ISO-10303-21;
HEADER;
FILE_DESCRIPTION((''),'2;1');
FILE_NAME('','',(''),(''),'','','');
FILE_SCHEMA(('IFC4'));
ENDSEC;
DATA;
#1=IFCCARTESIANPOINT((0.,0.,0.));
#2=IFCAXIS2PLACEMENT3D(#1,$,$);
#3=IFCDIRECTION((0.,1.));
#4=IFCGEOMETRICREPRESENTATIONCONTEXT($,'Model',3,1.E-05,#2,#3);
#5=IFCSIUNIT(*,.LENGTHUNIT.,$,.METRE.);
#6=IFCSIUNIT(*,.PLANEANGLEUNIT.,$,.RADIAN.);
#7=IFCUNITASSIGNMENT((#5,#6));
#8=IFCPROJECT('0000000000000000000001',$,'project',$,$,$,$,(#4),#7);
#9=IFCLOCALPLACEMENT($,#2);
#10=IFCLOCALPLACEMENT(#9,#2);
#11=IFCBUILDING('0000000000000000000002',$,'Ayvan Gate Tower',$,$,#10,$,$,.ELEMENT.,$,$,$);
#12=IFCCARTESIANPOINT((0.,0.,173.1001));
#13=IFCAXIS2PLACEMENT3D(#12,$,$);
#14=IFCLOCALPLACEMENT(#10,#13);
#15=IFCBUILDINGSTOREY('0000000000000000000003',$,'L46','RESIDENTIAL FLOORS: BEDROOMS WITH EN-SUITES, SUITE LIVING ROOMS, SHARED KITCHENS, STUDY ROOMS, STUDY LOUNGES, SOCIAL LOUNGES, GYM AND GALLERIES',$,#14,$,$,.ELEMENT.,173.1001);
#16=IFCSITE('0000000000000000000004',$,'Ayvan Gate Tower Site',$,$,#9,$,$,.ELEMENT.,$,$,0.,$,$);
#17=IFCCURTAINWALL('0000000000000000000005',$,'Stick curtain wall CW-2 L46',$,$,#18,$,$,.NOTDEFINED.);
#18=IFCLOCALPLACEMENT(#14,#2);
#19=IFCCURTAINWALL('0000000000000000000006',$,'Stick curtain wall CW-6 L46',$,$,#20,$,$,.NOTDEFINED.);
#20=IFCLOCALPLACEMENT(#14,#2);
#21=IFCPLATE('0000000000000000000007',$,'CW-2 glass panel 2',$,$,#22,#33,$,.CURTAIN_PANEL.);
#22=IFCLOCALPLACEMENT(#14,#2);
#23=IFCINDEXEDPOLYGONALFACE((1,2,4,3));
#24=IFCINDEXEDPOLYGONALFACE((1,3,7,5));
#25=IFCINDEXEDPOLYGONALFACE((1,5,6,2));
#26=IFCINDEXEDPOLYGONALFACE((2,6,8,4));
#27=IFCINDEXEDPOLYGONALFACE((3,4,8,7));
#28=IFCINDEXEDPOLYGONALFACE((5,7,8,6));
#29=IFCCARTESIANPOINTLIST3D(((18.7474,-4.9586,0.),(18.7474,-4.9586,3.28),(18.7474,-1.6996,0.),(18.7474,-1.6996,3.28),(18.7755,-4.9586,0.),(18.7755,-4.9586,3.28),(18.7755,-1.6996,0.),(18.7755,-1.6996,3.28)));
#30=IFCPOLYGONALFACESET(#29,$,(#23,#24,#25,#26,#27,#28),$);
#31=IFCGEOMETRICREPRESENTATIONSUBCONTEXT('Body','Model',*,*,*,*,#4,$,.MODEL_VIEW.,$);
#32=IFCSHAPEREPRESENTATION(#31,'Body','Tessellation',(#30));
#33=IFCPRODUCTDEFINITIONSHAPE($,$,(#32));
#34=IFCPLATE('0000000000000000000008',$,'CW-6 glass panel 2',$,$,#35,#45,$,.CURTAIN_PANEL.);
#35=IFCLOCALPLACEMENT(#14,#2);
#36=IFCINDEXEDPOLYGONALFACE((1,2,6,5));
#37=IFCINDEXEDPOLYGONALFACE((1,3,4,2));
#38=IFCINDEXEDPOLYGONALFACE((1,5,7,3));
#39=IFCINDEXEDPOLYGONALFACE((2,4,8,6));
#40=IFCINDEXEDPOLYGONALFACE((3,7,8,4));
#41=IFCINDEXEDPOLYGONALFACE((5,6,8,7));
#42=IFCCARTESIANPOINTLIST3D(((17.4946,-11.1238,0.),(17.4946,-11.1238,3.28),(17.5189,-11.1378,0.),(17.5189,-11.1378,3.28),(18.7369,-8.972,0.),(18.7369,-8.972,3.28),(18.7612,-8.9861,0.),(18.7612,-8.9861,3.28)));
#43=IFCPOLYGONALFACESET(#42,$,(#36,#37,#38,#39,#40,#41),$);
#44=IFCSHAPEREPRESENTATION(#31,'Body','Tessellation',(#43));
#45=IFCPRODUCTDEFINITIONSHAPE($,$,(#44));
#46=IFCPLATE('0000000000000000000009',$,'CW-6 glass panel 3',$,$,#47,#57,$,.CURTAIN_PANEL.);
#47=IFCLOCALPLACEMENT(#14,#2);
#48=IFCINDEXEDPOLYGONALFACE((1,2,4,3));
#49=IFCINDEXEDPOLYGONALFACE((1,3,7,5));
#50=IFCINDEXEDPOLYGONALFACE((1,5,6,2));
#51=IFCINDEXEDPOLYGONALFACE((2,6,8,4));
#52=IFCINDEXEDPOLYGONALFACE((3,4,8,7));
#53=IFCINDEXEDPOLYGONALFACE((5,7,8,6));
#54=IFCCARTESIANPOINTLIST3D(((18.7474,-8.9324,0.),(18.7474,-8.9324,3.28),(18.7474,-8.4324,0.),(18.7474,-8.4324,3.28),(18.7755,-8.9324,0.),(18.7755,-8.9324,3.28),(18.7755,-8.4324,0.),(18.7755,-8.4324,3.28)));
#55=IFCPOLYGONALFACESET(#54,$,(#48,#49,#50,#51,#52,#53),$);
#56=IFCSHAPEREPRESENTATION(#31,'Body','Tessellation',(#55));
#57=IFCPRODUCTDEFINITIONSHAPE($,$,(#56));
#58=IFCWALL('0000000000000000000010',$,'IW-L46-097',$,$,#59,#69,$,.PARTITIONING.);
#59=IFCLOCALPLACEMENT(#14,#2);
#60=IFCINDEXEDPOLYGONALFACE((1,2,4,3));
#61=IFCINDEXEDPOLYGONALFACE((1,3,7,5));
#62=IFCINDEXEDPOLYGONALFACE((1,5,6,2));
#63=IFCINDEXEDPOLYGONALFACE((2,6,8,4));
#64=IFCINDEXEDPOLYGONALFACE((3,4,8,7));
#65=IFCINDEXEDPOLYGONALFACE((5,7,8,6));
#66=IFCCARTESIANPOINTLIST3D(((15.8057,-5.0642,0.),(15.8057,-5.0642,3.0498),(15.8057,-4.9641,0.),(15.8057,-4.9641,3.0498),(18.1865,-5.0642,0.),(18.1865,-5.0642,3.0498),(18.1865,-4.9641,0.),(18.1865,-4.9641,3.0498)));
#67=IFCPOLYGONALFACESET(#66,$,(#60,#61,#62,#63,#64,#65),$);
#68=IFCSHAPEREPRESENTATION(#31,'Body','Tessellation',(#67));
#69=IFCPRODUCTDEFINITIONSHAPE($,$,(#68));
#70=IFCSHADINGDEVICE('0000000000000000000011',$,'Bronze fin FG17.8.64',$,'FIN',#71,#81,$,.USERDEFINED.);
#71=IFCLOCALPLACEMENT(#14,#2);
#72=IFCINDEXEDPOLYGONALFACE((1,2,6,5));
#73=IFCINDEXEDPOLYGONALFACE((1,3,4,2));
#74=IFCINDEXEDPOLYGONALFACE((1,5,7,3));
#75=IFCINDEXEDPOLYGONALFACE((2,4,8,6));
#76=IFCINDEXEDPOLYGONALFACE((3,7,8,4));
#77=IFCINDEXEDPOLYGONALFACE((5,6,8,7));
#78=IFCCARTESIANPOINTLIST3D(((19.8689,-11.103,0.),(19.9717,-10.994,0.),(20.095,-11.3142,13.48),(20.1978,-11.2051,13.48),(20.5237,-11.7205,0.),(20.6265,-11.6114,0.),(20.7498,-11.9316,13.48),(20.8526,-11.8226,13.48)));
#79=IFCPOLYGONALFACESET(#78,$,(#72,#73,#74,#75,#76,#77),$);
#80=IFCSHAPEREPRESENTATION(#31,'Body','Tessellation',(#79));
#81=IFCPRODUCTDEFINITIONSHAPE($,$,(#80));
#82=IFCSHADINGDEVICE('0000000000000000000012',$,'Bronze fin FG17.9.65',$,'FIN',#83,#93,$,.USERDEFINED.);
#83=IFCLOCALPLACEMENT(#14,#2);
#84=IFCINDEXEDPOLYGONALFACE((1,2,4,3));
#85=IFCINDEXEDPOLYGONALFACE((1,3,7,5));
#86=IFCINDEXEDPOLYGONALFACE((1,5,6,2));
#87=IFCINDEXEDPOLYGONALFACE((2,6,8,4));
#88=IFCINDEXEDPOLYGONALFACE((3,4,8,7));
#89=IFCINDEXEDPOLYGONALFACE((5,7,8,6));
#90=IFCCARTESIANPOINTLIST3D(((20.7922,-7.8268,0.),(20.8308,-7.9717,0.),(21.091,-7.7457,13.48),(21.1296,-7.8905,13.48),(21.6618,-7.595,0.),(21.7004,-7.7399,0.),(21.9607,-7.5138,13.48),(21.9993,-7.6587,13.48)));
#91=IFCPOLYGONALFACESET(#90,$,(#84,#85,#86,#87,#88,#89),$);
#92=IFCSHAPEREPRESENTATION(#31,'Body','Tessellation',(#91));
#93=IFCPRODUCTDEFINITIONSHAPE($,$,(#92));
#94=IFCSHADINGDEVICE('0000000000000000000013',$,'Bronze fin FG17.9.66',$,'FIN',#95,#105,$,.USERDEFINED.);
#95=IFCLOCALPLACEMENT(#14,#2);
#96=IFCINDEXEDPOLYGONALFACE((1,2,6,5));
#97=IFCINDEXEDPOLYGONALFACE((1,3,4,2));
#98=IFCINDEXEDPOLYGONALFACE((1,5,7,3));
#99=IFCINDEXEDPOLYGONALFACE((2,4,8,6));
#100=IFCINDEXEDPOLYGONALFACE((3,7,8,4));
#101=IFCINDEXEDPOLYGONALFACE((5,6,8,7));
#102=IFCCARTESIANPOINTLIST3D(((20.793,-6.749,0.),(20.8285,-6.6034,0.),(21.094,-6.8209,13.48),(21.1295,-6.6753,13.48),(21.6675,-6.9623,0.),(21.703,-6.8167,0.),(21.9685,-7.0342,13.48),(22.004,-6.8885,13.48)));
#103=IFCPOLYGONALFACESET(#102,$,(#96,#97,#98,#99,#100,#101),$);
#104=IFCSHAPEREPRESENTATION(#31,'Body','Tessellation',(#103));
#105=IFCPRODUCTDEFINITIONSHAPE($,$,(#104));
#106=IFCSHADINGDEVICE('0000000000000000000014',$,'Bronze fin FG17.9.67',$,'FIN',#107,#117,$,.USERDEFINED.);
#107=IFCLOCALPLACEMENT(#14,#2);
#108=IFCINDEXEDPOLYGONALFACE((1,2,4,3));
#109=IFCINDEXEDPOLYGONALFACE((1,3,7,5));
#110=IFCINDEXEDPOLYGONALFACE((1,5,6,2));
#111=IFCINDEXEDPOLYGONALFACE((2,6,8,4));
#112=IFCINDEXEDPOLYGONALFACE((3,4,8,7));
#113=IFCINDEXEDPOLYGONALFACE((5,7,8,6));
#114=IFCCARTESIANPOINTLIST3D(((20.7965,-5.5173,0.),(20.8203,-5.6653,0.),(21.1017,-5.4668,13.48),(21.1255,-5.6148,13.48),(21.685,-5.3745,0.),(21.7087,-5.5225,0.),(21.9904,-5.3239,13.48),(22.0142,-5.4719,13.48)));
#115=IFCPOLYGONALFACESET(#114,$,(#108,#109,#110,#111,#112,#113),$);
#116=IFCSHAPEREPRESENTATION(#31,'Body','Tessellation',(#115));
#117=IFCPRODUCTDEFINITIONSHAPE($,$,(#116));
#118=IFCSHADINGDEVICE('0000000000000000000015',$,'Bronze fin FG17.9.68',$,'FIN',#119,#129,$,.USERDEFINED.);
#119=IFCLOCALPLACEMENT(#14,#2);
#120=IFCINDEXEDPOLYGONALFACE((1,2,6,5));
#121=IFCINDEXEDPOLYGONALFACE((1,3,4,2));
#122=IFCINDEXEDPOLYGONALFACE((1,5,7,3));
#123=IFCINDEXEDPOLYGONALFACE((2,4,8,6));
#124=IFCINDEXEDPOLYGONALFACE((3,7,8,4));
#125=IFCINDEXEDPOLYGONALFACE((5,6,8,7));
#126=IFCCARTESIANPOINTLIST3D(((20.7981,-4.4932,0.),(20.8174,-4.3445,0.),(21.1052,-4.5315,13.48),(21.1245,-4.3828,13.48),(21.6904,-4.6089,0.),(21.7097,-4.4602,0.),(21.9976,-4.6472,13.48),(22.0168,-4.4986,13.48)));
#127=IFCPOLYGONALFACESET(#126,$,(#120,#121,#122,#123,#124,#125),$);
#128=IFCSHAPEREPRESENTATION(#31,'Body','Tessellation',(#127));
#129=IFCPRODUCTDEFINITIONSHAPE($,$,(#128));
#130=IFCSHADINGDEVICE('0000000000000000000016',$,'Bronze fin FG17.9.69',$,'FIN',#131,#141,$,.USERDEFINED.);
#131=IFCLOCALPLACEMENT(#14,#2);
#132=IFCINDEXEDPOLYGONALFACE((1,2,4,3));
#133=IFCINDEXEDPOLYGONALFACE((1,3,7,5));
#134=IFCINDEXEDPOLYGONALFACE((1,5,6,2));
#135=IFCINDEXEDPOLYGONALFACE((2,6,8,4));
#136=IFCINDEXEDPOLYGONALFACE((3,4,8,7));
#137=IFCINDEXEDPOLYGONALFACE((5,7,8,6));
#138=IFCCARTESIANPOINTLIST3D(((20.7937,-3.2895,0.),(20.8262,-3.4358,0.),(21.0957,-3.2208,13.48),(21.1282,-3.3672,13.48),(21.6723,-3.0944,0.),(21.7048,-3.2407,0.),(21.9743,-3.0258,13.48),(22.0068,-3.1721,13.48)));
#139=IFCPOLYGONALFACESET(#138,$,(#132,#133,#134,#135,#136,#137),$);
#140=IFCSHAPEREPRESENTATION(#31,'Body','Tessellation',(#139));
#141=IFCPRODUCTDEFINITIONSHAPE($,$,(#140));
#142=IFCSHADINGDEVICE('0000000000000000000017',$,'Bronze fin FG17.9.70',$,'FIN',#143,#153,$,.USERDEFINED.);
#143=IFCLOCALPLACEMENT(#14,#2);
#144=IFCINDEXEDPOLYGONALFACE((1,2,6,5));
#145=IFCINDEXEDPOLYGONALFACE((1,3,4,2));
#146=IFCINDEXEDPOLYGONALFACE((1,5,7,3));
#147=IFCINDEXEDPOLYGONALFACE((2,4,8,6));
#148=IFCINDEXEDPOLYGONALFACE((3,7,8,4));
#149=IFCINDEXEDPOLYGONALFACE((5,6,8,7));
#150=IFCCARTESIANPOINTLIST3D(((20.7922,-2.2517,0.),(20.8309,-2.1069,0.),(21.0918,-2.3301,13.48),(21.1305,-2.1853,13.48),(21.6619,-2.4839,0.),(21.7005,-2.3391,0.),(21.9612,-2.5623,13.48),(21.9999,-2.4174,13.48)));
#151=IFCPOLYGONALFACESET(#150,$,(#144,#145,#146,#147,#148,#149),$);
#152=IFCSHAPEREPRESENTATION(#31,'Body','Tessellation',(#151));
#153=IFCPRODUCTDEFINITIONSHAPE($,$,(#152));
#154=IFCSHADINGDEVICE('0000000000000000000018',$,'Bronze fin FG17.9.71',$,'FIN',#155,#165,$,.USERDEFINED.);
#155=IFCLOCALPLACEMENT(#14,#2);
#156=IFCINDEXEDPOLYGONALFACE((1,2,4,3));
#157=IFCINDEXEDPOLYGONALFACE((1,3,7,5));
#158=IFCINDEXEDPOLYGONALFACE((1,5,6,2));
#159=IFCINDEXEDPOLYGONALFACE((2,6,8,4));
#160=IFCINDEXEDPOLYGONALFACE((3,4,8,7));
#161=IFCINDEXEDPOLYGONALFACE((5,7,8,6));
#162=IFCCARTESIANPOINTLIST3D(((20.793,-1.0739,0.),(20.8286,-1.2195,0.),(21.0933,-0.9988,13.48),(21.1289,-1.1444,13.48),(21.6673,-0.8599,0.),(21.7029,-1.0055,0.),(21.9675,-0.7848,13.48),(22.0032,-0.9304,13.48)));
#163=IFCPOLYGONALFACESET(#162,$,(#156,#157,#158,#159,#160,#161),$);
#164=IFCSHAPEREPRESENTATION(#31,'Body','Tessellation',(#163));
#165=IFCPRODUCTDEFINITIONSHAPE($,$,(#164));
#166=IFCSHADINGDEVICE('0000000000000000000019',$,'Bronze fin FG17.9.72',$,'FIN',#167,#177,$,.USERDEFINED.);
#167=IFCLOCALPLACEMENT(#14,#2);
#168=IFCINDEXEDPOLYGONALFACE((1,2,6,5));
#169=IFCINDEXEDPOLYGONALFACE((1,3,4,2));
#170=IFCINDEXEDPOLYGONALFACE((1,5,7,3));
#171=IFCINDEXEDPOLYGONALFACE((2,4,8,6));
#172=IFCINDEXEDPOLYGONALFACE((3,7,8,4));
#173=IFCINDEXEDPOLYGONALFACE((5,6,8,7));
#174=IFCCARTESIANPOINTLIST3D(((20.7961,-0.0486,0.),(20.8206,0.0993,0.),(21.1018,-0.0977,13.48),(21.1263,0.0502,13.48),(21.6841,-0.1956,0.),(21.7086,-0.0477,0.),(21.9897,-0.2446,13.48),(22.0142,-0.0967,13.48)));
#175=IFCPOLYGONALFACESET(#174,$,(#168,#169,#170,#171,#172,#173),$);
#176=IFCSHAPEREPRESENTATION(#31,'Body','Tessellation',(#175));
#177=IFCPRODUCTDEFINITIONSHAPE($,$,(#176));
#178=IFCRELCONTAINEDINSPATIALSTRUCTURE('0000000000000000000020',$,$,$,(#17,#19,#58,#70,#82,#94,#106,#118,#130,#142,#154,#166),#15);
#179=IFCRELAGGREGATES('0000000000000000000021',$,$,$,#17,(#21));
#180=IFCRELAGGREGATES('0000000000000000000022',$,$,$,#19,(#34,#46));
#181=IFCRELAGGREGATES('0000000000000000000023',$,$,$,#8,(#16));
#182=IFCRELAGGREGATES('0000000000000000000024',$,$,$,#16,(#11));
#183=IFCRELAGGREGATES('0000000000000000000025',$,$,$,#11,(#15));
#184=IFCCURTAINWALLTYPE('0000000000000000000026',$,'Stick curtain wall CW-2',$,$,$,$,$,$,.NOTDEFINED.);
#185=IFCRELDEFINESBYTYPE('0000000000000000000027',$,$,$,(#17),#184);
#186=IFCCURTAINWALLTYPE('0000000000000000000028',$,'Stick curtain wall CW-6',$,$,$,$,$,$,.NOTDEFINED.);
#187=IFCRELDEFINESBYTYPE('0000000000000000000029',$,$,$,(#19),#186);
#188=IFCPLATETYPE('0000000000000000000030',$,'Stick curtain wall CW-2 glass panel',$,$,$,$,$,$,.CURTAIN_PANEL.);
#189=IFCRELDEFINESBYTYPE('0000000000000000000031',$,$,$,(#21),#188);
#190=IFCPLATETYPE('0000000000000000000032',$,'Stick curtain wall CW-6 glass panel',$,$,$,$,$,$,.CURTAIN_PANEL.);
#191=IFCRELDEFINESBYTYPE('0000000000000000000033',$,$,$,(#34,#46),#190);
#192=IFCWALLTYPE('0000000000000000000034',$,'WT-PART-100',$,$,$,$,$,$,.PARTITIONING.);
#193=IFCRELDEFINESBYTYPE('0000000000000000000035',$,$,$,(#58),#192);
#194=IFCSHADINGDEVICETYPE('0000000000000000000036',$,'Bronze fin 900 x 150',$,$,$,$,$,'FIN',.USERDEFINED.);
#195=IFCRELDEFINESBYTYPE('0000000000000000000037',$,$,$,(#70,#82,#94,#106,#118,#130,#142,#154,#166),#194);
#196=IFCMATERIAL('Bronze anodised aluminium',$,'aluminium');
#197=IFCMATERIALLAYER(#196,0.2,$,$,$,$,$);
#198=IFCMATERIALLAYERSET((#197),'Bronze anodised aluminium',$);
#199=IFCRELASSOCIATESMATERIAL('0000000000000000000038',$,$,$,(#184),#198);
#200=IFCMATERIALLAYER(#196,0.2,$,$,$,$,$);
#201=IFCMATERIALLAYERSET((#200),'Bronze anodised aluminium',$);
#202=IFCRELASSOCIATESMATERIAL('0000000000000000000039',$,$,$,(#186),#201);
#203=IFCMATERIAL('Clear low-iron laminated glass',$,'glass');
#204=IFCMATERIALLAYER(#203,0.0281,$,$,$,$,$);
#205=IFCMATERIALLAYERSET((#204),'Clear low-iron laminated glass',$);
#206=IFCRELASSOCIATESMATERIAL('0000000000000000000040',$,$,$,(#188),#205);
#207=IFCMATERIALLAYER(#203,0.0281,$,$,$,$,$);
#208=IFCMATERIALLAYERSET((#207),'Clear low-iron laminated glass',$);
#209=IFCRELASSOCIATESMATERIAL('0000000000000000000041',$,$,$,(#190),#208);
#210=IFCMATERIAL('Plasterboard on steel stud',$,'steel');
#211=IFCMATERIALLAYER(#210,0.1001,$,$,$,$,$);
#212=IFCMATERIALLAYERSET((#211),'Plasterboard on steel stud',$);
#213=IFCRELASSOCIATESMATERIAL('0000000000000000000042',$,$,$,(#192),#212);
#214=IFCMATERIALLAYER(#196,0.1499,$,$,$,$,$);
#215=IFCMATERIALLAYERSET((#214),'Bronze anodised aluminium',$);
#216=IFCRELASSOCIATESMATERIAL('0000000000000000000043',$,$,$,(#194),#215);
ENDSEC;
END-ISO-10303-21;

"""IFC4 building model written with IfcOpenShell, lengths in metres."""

from ifc_helpers import new_model, si_unit, direction, frame, frame_2d, origin, origin_2d, place, context, subcontext, project, spatial, polyline, rectangle, outline, extrude, material, layer, layer_set, type_object, element, aggregate, save


model = new_model("IFC4")

# Units and contexts
model_context = context("Model", 3, precision=1e-05, world=origin(), true_north=direction((0.0, 1.0)))
body_context = subcontext(model_context, "Body", "Model", "MODEL_VIEW")
ifc_project = project(units=[si_unit("LENGTHUNIT", "METRE"), si_unit("PLANEANGLEUNIT", "RADIAN")], contexts=[model_context])

# Site, building, storey
site_placement = place(None, origin())
site = spatial("IfcSite", under=ifc_project, at=site_placement, Name="Ayvan Gate Tower Site", CompositionType="ELEMENT", RefElevation=0.0)
building_placement = place(site_placement, origin())
building = spatial("IfcBuilding", under=site, at=building_placement, Name="Ayvan Gate Tower", CompositionType="ELEMENT")
storey_placement = place(building_placement, frame((0.0, 0.0, 173.1001)))
storey = spatial("IfcBuildingStorey", under=building, at=storey_placement, Name="L46", Description="RESIDENTIAL FLOORS: BEDROOMS WITH EN-SUITES, SUITE LIVING ROOMS, SHARED KITCHENS, STUDY ROOMS, STUDY LOUNGES, SOCIAL LOUNGES, GYM AND GALLERIES", CompositionType="ELEMENT", Elevation=173.1001)

# Curtain walls
ifc_material_1 = material(Name="Bronze anodised aluminium", Category="aluminium")
ifc_layer_1 = layer(ifc_material_1, 0.2)
ifc_layer_set_1 = layer_set([ifc_layer_1], Name="Bronze anodised aluminium")
curtain_wall_type_1 = type_object("IfcCurtainWallType", Name="Stick curtain wall CW-2", PredefinedType="NOTDEFINED", material=ifc_layer_set_1)
curtain_wall_1_placement = place(storey_placement, origin())
curtain_wall_1 = element("IfcCurtainWall", 1, at=curtain_wall_1_placement, inside=storey, type_object=curtain_wall_type_1, Name="Stick curtain wall CW-2 L46", PredefinedType="NOTDEFINED")
ifc_layer_2 = layer(ifc_material_1, 0.2)
ifc_layer_set_2 = layer_set([ifc_layer_2], Name="Bronze anodised aluminium")
curtain_wall_type_2 = type_object("IfcCurtainWallType", Name="Stick curtain wall CW-6", PredefinedType="NOTDEFINED", material=ifc_layer_set_2)
curtain_wall_2_placement = place(storey_placement, origin())
curtain_wall_2 = element("IfcCurtainWall", 2, at=curtain_wall_2_placement, inside=storey, type_object=curtain_wall_type_2, Name="Stick curtain wall CW-6 L46", PredefinedType="NOTDEFINED")

# Plates
ifc_material_2 = material(Name="Clear low-iron laminated glass", Category="glass")
ifc_layer_3 = layer(ifc_material_2, 0.0281)
ifc_layer_set_3 = layer_set([ifc_layer_3], Name="Clear low-iron laminated glass")
plate_type_1 = type_object("IfcPlateType", Name="Stick curtain wall CW-2 glass panel", PredefinedType="CURTAIN_PANEL", material=ifc_layer_set_3)
plate_1_placement = place(storey_placement, frame((18.7615, -3.3291, 0.0), z_axis=(0.0, 0.0, 1.0), x_axis=(0.0, 1.0, 0.0)))
plate_1 = element("IfcPlate", 3, at=plate_1_placement, type_object=plate_type_1, Name="CW-2 glass panel 2", PredefinedType="CURTAIN_PANEL", context=body_context, shape_type="SweptSolid", body=[
    extrude(rectangle(XDim=3.259, YDim=0.0281, at=origin_2d()), origin(), (0.0, 0.0, 1.0), 3.28),
])
aggregate(curtain_wall_1, [plate_1])
ifc_layer_4 = layer(ifc_material_2, 0.0281)
ifc_layer_set_4 = layer_set([ifc_layer_4], Name="Clear low-iron laminated glass")
plate_type_2 = type_object("IfcPlateType", Name="Stick curtain wall CW-6 glass panel", PredefinedType="CURTAIN_PANEL", material=ifc_layer_set_4)
plate_2_placement = place(storey_placement, frame((18.1279, -10.0549, 0.0), z_axis=(0.0, 0.0, 1.0), x_axis=(0.5, 0.866025, 0.0)))
plate_2 = element("IfcPlate", 4, at=plate_2_placement, type_object=plate_type_2, Name="CW-6 glass panel 2", PredefinedType="CURTAIN_PANEL", context=body_context, shape_type="SweptSolid", body=[
    extrude(rectangle(XDim=2.4846, YDim=0.0281, at=origin_2d()), origin(), (0.0, 0.0, 1.0), 3.28),
])
plate_3_placement = place(storey_placement, frame((18.7615, -8.6824, 0.0), z_axis=(0.0, 0.0, 1.0), x_axis=(0.0, 1.0, 0.0)))
plate_3 = element("IfcPlate", 5, at=plate_3_placement, type_object=plate_type_2, Name="CW-6 glass panel 3", PredefinedType="CURTAIN_PANEL", context=body_context, shape_type="SweptSolid", body=[
    extrude(rectangle(XDim=0.5, YDim=0.0281, at=origin_2d()), origin(), (0.0, 0.0, 1.0), 3.28),
])
aggregate(curtain_wall_2, [plate_2, plate_3])

# Wall
ifc_material_3 = material(Name="Plasterboard on steel stud", Category="steel")
ifc_layer_5 = layer(ifc_material_3, 0.1001)
ifc_layer_set_5 = layer_set([ifc_layer_5], Name="Plasterboard on steel stud")
wall_type = type_object("IfcWallType", Name="WT-PART-100", PredefinedType="PARTITIONING", material=ifc_layer_set_5)
wall_placement = place(storey_placement, frame((18.1865, -5.0142, 0.0), z_axis=(0.0, 0.0, 1.0), x_axis=(-1.0, 0.0, 0.0)))
element("IfcWall", 6, at=wall_placement, inside=storey, type_object=wall_type, Name="IW-L46-097", PredefinedType="PARTITIONING", context=body_context, shape_type="SweptSolid", body=[
    extrude(rectangle(XDim=2.3809, YDim=0.1001, at=frame_2d((1.1904, 0.0))), origin(), (0.0, 0.0, 1.0), 3.0498),
])

# Shading devices
ifc_layer_6 = layer(ifc_material_1, 0.1499)
ifc_layer_set_6 = layer_set([ifc_layer_6], Name="Bronze anodised aluminium")
shading_device_type = type_object("IfcShadingDeviceType", Name="Bronze fin 900 x 150", ElementType="FIN", PredefinedType="USERDEFINED", material=ifc_layer_set_6)
shading_device_1_placement = place(storey_placement, frame((19.8689, -11.103, 0.0), z_axis=(-0.68605, -0.727555, 0.000108), x_axis=(0.727555, -0.68605, 0.0)))
element("IfcShadingDevice", 7, at=shading_device_1_placement, inside=storey, type_object=shading_device_type, Name="Bronze fin FG17.8.64", ObjectType="FIN", PredefinedType="USERDEFINED", context=body_context, shape_type="SweptSolid", body=[
    extrude(outline(polyline([(0.0, 0.0), (0.9, 0.0), (1.2093, 13.48), (0.3094, 13.48), (0.0, 0.0)])), origin(), (0.0, 0.0, -1.0), 0.1499),
])
shading_device_2_placement = place(storey_placement, frame((20.8308, -7.9717, 0.0), z_axis=(0.25757, -0.96626, 0.000109), x_axis=(0.96626, 0.25757, 0.0)))
element("IfcShadingDevice", 8, at=shading_device_2_placement, inside=storey, type_object=shading_device_type, Name="Bronze fin FG17.9.65", ObjectType="FIN", PredefinedType="USERDEFINED", context=body_context, shape_type="SweptSolid", body=[
    extrude(outline(polyline([(0.0, 0.0), (0.9, 0.0), (1.2096, 13.48), (0.3096, 13.48), (0.0, 0.0)])), origin(), (0.0, 0.0, -1.0), 0.1499),
])
shading_device_3_placement = place(storey_placement, frame((20.793, -6.749, 0.0), z_axis=(-0.236916, -0.97153, 0.000109), x_axis=(0.97153, -0.236916, 0.0)))
element("IfcShadingDevice", 9, at=shading_device_3_placement, inside=storey, type_object=shading_device_type, Name="Bronze fin FG17.9.66", ObjectType="FIN", PredefinedType="USERDEFINED", context=body_context, shape_type="SweptSolid", body=[
    extrude(outline(polyline([(0.0, 0.0), (0.9002, 0.0), (1.2096, 13.48), (0.3095, 13.48), (0.0, 0.0)])), origin(), (0.0, 0.0, -1.0), 0.1499),
])
shading_device_4_placement = place(storey_placement, frame((20.8203, -5.6653, 0.0), z_axis=(0.158699, -0.987327, 0.000107), x_axis=(0.987327, 0.158699, 0.0)))
element("IfcShadingDevice", 10, at=shading_device_4_placement, inside=storey, type_object=shading_device_type, Name="Bronze fin FG17.9.67", ObjectType="FIN", PredefinedType="USERDEFINED", context=body_context, shape_type="SweptSolid", body=[
    extrude(outline(polyline([(0.0, 0.0), (0.8998, 0.0), (1.2094, 13.48), (0.3093, 13.48), (0.0, 0.0)])), origin(), (0.0, 0.0, -1.0), 0.1499),
])
shading_device_5_placement = place(storey_placement, frame((20.7981, -4.4932, 0.0), z_axis=(-0.128608, -0.991695, 0.00011), x_axis=(0.991695, -0.128608, 0.0)))
element("IfcShadingDevice", 11, at=shading_device_5_placement, inside=storey, type_object=shading_device_type, Name="Bronze fin FG17.9.68", ObjectType="FIN", PredefinedType="USERDEFINED", context=body_context, shape_type="SweptSolid", body=[
    extrude(outline(polyline([(0.0, 0.0), (0.8998, 0.0), (1.2093, 13.48), (0.3095, 13.48), (0.0, 0.0)])), origin(), (0.0, 0.0, -1.0), 0.1499),
])
shading_device_6_placement = place(storey_placement, frame((20.8262, -3.4358, 0.0), z_axis=(0.216729, -0.976232, 0.000113), x_axis=(0.976232, 0.216729, 0.0)))
element("IfcShadingDevice", 12, at=shading_device_6_placement, inside=storey, type_object=shading_device_type, Name="Bronze fin FG17.9.69", ObjectType="FIN", PredefinedType="USERDEFINED", context=body_context, shape_type="SweptSolid", body=[
    extrude(outline(polyline([(0.0, 0.0), (0.9001, 0.0), (1.2097, 13.48), (0.3097, 13.48), (0.0, 0.0)])), origin(), (0.0, 0.0, -1.0), 0.1499),
])
shading_device_7_placement = place(storey_placement, frame((20.7922, -2.2517, 0.0), z_axis=(-0.257983, -0.966149, 0.000114), x_axis=(0.966149, -0.257983, 0.0)))
element("IfcShadingDevice", 13, at=shading_device_7_placement, inside=storey, type_object=shading_device_type, Name="Bronze fin FG17.9.70", ObjectType="FIN", PredefinedType="USERDEFINED", context=body_context, shape_type="SweptSolid", body=[
    extrude(outline(polyline([(0.0, 0.0), (0.9001, 0.0), (1.2095, 13.48), (0.3096, 13.48), (0.0, 0.0)])), origin(), (0.0, 0.0, -1.0), 0.1499),
])
shading_device_8_placement = place(storey_placement, frame((20.8286, -1.2195, 0.0), z_axis=(0.237746, -0.971327, 0.000113), x_axis=(0.971327, 0.237746, 0.0)))
element("IfcShadingDevice", 14, at=shading_device_8_placement, inside=storey, type_object=shading_device_type, Name="Bronze fin FG17.9.71", ObjectType="FIN", PredefinedType="USERDEFINED", context=body_context, shape_type="SweptSolid", body=[
    extrude(outline(polyline([(0.0, 0.0), (0.9001, 0.0), (1.2096, 13.48), (0.3096, 13.48), (0.0, 0.0)])), origin(), (0.0, 0.0, -1.0), 0.1499),
])
shading_device_9_placement = place(storey_placement, frame((20.7961, -0.0486, 0.0), z_axis=(-0.163299, -0.986577, 0.000111), x_axis=(0.986577, -0.163299, 0.0)))
element("IfcShadingDevice", 15, at=shading_device_9_placement, inside=storey, type_object=shading_device_type, Name="Bronze fin FG17.9.72", ObjectType="FIN", PredefinedType="USERDEFINED", context=body_context, shape_type="SweptSolid", body=[
    extrude(outline(polyline([(0.0, 0.0), (0.9, 0.0), (1.2096, 13.48), (0.3096, 13.48), (0.0, 0.0)])), origin(), (0.0, 0.0, -1.0), 0.1499),
])

save(model, "model.ifc")
